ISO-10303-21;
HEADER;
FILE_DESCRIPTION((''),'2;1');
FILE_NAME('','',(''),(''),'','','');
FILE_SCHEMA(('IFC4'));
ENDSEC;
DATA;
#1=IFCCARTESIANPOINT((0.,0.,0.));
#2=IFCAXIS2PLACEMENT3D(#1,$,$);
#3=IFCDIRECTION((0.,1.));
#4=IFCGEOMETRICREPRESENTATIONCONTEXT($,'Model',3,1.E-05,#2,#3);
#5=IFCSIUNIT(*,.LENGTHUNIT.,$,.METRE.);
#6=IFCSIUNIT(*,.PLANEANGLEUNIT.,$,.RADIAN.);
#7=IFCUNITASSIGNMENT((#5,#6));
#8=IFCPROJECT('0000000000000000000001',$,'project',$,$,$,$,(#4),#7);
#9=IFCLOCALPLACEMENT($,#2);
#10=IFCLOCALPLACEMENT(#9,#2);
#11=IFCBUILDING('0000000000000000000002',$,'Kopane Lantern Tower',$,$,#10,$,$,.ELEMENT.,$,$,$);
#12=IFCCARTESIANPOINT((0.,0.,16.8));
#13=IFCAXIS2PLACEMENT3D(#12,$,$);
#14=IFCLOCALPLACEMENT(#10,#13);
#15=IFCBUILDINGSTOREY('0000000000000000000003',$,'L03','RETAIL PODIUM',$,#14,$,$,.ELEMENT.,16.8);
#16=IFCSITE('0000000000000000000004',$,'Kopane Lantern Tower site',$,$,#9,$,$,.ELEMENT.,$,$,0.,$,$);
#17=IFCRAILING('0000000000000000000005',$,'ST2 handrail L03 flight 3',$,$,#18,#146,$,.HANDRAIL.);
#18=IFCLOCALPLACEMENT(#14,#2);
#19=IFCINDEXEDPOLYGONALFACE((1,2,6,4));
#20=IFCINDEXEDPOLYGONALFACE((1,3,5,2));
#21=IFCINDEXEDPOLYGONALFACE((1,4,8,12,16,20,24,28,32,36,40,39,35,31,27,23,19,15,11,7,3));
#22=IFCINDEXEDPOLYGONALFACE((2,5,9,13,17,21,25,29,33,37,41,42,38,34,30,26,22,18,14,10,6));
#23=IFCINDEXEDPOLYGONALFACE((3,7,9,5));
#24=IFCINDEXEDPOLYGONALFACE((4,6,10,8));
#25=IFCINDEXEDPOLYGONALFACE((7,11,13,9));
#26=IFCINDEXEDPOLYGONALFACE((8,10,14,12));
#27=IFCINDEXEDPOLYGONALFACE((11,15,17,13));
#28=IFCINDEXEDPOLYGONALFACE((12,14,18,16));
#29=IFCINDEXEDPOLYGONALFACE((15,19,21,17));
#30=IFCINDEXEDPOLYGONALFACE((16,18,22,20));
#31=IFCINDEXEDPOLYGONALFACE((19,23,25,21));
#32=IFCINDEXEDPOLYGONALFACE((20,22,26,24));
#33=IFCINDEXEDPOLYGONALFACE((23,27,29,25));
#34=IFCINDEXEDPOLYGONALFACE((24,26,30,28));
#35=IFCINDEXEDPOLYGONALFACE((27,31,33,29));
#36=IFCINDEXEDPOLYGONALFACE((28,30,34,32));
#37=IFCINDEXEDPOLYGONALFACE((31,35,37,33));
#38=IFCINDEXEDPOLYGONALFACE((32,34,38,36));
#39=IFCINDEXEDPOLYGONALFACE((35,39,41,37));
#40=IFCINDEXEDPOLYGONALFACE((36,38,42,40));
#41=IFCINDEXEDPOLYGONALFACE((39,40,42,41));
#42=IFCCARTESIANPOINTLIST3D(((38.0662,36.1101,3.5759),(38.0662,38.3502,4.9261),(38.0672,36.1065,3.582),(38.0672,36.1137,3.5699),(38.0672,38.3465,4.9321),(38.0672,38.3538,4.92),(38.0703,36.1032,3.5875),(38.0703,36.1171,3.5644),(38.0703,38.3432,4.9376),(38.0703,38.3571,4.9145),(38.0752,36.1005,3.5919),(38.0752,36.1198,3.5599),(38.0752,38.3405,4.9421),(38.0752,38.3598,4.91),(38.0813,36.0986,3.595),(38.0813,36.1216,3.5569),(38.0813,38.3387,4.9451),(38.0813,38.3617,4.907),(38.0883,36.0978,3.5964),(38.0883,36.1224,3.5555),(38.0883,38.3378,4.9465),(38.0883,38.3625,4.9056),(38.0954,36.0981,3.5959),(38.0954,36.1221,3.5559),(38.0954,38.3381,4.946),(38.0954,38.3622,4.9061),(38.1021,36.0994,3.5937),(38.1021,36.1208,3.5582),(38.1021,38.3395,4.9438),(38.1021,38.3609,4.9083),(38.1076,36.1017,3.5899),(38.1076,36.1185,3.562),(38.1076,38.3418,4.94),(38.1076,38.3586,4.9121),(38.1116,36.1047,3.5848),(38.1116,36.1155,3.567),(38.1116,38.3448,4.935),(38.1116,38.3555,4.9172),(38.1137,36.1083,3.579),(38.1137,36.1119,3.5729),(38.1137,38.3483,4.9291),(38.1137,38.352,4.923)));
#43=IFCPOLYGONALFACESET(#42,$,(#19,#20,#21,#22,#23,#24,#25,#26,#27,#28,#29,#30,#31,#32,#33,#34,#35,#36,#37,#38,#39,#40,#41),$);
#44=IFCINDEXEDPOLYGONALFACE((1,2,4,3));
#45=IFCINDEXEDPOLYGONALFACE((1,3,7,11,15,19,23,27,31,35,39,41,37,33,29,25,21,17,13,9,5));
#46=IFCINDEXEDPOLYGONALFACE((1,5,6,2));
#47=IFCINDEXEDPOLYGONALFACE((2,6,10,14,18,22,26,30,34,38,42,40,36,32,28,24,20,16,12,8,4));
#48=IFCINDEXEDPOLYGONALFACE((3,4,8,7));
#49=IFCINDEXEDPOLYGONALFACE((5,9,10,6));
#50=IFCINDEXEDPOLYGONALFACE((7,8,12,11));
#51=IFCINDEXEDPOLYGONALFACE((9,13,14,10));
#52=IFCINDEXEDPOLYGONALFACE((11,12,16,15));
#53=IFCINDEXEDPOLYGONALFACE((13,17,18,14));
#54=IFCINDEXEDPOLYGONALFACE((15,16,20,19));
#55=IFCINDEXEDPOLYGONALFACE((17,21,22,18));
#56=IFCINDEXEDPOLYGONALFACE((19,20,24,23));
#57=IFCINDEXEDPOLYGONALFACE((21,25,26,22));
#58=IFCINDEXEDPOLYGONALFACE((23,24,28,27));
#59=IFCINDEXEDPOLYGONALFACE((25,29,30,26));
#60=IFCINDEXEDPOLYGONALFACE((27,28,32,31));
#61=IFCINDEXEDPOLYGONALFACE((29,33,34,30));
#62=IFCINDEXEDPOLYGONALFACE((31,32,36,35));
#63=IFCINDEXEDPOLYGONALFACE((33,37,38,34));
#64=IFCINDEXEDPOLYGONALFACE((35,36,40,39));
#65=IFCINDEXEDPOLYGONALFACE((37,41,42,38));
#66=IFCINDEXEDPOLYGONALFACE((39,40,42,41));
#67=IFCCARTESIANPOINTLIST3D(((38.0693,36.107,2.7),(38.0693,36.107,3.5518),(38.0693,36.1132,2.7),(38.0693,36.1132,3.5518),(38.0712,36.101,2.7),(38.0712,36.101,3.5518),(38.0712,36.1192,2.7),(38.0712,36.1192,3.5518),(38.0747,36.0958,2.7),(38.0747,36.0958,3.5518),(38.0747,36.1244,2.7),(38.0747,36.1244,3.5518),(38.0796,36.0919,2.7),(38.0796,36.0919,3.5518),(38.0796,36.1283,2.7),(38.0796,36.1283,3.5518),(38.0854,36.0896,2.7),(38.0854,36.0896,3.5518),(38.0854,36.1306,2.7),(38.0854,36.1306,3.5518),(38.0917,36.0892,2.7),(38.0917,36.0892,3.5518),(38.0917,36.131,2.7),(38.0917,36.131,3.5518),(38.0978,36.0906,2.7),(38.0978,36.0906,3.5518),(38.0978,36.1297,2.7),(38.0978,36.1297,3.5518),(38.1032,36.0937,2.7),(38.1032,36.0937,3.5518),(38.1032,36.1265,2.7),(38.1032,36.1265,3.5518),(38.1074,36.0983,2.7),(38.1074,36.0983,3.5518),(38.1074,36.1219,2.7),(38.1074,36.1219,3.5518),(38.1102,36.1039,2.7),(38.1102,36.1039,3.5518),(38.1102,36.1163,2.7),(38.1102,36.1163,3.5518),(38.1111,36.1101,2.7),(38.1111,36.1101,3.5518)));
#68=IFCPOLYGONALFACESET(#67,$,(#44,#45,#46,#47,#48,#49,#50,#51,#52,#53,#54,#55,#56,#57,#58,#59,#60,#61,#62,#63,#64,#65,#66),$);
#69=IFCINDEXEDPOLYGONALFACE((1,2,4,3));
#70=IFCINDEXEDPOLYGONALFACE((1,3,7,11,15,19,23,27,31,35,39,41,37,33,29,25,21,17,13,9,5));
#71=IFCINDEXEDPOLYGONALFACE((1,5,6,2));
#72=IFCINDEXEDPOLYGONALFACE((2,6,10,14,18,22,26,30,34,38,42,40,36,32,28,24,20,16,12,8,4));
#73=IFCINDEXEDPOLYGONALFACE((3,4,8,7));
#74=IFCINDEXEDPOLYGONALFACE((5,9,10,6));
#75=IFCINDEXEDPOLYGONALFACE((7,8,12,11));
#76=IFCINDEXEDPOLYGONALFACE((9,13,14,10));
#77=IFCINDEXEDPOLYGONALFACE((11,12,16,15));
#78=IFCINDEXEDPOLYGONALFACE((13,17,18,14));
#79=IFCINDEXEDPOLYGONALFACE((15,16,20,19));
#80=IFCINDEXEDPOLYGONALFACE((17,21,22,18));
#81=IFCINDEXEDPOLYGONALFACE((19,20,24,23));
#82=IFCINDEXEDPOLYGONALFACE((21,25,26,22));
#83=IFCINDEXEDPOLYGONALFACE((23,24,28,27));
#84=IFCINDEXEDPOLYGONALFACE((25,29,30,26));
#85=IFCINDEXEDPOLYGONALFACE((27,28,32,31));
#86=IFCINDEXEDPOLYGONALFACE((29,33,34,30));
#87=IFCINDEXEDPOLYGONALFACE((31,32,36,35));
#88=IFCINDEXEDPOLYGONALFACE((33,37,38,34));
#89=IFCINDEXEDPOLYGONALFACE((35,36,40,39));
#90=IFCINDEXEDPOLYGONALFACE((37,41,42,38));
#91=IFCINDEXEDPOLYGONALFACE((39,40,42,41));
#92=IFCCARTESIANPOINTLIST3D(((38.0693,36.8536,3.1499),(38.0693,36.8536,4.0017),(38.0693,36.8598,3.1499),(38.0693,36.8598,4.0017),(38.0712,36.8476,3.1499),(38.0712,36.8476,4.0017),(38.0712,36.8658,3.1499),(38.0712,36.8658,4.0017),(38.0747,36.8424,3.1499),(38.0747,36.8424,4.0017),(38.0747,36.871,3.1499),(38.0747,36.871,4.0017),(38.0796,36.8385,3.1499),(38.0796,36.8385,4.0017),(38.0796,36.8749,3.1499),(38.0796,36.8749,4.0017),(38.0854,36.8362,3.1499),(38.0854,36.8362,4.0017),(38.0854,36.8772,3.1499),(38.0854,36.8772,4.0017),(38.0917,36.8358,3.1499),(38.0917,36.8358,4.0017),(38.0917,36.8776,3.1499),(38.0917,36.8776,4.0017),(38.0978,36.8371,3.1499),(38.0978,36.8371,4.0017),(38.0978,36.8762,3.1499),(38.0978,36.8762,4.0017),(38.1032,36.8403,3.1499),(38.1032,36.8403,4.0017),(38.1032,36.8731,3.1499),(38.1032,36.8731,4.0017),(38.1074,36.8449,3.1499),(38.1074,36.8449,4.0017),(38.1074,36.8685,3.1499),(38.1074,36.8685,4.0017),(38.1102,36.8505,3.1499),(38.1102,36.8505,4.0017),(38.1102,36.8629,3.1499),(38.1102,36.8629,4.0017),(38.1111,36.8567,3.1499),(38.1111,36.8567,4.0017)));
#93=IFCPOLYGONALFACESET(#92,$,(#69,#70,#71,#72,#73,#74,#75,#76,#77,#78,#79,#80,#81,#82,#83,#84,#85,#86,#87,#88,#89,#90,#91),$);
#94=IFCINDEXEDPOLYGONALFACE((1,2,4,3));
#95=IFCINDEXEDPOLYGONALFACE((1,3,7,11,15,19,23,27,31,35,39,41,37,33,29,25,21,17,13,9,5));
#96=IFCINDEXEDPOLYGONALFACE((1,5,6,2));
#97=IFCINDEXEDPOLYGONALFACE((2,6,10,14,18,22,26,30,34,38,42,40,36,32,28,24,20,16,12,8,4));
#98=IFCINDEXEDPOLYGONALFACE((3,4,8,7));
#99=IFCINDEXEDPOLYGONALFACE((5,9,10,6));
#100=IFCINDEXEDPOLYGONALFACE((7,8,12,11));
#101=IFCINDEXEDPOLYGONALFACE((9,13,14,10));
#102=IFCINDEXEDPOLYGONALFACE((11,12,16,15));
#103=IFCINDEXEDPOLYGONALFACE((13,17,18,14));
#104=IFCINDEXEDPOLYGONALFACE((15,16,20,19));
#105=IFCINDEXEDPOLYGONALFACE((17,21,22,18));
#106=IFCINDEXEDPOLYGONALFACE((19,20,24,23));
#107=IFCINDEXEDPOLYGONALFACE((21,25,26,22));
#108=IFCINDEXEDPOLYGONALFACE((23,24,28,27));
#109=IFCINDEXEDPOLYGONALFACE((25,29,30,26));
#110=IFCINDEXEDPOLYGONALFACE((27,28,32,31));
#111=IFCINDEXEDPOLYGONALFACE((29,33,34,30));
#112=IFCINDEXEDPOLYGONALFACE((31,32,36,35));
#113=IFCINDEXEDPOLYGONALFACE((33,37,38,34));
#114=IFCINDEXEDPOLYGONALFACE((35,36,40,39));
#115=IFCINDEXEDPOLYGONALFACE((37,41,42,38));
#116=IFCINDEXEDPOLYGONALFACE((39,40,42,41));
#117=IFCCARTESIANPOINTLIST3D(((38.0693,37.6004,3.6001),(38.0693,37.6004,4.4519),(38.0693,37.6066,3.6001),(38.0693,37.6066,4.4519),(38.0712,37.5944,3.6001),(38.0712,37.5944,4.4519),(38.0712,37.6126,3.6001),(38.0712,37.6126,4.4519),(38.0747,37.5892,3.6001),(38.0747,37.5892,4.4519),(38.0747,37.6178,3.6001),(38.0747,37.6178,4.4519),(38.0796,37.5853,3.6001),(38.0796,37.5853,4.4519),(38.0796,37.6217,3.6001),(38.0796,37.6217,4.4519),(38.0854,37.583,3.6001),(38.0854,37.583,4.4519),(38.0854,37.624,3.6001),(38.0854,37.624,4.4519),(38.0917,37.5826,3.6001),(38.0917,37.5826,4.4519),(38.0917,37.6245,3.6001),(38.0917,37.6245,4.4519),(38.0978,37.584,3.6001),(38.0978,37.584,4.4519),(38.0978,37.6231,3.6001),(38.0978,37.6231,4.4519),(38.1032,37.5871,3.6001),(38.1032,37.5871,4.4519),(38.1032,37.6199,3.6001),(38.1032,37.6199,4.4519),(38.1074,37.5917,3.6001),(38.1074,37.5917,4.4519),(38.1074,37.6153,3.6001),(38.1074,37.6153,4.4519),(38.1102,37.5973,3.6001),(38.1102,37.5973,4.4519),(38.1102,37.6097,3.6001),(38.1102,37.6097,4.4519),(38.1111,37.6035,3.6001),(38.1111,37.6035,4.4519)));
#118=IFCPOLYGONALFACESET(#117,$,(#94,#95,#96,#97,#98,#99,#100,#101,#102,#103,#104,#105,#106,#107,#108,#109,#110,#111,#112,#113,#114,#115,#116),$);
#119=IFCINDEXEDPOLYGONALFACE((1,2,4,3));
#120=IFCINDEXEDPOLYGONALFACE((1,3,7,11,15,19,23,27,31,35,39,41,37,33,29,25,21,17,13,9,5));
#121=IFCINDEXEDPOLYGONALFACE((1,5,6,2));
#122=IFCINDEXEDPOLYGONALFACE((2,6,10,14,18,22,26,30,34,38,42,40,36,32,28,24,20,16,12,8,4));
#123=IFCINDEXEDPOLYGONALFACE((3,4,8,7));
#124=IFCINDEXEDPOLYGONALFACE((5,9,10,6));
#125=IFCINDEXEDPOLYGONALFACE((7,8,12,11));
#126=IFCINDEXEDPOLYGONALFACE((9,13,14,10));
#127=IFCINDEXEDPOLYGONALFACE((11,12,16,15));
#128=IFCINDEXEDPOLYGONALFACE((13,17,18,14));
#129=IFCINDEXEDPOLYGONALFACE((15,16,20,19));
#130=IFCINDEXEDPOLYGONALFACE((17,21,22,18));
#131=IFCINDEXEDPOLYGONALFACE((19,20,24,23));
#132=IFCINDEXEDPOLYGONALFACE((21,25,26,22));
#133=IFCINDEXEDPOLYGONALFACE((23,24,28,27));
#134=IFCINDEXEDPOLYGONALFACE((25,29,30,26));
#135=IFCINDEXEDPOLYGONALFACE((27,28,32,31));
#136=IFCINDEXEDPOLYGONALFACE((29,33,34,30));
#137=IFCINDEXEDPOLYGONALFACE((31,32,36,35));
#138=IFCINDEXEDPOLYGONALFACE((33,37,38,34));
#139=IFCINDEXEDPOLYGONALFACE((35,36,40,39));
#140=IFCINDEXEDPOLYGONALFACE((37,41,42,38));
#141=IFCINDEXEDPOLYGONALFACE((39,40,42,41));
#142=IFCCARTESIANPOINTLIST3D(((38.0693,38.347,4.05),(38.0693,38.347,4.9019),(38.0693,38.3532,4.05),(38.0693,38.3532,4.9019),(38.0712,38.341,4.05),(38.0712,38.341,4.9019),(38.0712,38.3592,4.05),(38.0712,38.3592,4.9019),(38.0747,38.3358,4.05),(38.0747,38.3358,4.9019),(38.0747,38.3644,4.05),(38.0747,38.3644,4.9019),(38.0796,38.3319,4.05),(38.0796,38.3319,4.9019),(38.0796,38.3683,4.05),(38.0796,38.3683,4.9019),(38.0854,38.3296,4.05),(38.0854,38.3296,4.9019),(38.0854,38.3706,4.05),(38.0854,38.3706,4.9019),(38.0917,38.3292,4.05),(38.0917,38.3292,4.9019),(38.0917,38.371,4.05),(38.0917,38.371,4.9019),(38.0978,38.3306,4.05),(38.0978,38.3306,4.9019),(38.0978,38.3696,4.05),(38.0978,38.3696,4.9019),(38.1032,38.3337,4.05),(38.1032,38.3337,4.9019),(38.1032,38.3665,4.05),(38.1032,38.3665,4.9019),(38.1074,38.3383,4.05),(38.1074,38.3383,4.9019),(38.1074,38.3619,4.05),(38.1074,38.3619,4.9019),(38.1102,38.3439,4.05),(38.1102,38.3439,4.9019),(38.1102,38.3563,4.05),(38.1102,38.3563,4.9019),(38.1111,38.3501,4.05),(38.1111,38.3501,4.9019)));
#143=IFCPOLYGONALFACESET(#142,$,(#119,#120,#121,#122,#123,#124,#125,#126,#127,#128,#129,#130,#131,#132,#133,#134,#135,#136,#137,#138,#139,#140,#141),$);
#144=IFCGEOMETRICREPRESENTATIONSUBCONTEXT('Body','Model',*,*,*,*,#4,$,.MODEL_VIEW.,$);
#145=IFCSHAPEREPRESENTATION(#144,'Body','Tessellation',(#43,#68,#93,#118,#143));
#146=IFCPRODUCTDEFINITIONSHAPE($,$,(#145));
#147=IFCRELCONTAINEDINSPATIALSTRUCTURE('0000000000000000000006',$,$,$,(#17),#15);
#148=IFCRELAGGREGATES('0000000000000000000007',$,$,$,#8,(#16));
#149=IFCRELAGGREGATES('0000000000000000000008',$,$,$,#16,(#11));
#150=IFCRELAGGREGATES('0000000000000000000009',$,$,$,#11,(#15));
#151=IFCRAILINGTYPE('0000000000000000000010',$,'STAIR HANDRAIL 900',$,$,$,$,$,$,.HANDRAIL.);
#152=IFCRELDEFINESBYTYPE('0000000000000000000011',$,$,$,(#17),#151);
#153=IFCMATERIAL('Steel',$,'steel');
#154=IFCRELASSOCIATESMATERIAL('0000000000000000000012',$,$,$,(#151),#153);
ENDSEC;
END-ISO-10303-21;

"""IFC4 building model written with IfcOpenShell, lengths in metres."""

from ifc_helpers import new_model, si_unit, direction, frame, origin, origin_2d, place, context, subcontext, project, spatial, circle, extrude, material, type_object, element, save


model = new_model("IFC4")

# Units and contexts
model_context = context("Model", 3, precision=1e-05, world=origin(), true_north=direction((0.0, 1.0)))
body_context = subcontext(model_context, "Body", "Model", "MODEL_VIEW")
ifc_project = project(units=[si_unit("LENGTHUNIT", "METRE"), si_unit("PLANEANGLEUNIT", "RADIAN")], contexts=[model_context])

# Site, building, storey
site_placement = place(None, origin())
site = spatial("IfcSite", under=ifc_project, at=site_placement, Name="Kopane Lantern Tower site", CompositionType="ELEMENT", RefElevation=0.0)
building_placement = place(site_placement, origin())
building = spatial("IfcBuilding", under=site, at=building_placement, Name="Kopane Lantern Tower", CompositionType="ELEMENT")
storey_placement = place(building_placement, frame((0.0, 0.0, 16.8)))
storey = spatial("IfcBuildingStorey", under=building, at=storey_placement, Name="L03", Description="RETAIL PODIUM", CompositionType="ELEMENT", Elevation=16.8)

# Railing
ifc_material_1 = material(Name="Steel", Category="steel")
railing_type_1 = type_object("IfcRailingType", Name="STAIR HANDRAIL 900", PredefinedType="HANDRAIL", material=ifc_material_1)
for number, where, name in (
    (1, (38.0901, 36.1101, 2.7), "ST2 handrail L03 flight 3"),
):
    element("IfcRailing", number, at=place(storey_placement, frame(where)), inside=storey, type_object=railing_type_1, Name=name, PredefinedType="HANDRAIL", context=body_context, shape_type="SweptSolid", body=[
        extrude(circle(Radius=0.0239, at=origin_2d()), frame((0.0, 0.0, 0.876), z_axis=(0.0, 0.856462, 0.516211), x_axis=(-1.0, 0.0, 0.0)), (0.0, 0.0, 1.0), 2.6155),
        extrude(circle(Radius=0.021, at=origin_2d()), origin(), (0.0, 0.0, 1.0), 0.8518),
        extrude(circle(Radius=0.021, at=origin_2d()), frame((0.0, 0.7466, 0.45)), (0.0, 0.0, 1.0), 0.8518),
        extrude(circle(Radius=0.021, at=origin_2d()), frame((0.0, 1.4934, 0.9001)), (0.0, 0.0, 1.0), 0.8518),
        extrude(circle(Radius=0.021, at=origin_2d()), frame((0.0, 2.24, 1.3501)), (0.0, 0.0, 1.0), 0.8518),
    ])

save(model, "model.ifc")
